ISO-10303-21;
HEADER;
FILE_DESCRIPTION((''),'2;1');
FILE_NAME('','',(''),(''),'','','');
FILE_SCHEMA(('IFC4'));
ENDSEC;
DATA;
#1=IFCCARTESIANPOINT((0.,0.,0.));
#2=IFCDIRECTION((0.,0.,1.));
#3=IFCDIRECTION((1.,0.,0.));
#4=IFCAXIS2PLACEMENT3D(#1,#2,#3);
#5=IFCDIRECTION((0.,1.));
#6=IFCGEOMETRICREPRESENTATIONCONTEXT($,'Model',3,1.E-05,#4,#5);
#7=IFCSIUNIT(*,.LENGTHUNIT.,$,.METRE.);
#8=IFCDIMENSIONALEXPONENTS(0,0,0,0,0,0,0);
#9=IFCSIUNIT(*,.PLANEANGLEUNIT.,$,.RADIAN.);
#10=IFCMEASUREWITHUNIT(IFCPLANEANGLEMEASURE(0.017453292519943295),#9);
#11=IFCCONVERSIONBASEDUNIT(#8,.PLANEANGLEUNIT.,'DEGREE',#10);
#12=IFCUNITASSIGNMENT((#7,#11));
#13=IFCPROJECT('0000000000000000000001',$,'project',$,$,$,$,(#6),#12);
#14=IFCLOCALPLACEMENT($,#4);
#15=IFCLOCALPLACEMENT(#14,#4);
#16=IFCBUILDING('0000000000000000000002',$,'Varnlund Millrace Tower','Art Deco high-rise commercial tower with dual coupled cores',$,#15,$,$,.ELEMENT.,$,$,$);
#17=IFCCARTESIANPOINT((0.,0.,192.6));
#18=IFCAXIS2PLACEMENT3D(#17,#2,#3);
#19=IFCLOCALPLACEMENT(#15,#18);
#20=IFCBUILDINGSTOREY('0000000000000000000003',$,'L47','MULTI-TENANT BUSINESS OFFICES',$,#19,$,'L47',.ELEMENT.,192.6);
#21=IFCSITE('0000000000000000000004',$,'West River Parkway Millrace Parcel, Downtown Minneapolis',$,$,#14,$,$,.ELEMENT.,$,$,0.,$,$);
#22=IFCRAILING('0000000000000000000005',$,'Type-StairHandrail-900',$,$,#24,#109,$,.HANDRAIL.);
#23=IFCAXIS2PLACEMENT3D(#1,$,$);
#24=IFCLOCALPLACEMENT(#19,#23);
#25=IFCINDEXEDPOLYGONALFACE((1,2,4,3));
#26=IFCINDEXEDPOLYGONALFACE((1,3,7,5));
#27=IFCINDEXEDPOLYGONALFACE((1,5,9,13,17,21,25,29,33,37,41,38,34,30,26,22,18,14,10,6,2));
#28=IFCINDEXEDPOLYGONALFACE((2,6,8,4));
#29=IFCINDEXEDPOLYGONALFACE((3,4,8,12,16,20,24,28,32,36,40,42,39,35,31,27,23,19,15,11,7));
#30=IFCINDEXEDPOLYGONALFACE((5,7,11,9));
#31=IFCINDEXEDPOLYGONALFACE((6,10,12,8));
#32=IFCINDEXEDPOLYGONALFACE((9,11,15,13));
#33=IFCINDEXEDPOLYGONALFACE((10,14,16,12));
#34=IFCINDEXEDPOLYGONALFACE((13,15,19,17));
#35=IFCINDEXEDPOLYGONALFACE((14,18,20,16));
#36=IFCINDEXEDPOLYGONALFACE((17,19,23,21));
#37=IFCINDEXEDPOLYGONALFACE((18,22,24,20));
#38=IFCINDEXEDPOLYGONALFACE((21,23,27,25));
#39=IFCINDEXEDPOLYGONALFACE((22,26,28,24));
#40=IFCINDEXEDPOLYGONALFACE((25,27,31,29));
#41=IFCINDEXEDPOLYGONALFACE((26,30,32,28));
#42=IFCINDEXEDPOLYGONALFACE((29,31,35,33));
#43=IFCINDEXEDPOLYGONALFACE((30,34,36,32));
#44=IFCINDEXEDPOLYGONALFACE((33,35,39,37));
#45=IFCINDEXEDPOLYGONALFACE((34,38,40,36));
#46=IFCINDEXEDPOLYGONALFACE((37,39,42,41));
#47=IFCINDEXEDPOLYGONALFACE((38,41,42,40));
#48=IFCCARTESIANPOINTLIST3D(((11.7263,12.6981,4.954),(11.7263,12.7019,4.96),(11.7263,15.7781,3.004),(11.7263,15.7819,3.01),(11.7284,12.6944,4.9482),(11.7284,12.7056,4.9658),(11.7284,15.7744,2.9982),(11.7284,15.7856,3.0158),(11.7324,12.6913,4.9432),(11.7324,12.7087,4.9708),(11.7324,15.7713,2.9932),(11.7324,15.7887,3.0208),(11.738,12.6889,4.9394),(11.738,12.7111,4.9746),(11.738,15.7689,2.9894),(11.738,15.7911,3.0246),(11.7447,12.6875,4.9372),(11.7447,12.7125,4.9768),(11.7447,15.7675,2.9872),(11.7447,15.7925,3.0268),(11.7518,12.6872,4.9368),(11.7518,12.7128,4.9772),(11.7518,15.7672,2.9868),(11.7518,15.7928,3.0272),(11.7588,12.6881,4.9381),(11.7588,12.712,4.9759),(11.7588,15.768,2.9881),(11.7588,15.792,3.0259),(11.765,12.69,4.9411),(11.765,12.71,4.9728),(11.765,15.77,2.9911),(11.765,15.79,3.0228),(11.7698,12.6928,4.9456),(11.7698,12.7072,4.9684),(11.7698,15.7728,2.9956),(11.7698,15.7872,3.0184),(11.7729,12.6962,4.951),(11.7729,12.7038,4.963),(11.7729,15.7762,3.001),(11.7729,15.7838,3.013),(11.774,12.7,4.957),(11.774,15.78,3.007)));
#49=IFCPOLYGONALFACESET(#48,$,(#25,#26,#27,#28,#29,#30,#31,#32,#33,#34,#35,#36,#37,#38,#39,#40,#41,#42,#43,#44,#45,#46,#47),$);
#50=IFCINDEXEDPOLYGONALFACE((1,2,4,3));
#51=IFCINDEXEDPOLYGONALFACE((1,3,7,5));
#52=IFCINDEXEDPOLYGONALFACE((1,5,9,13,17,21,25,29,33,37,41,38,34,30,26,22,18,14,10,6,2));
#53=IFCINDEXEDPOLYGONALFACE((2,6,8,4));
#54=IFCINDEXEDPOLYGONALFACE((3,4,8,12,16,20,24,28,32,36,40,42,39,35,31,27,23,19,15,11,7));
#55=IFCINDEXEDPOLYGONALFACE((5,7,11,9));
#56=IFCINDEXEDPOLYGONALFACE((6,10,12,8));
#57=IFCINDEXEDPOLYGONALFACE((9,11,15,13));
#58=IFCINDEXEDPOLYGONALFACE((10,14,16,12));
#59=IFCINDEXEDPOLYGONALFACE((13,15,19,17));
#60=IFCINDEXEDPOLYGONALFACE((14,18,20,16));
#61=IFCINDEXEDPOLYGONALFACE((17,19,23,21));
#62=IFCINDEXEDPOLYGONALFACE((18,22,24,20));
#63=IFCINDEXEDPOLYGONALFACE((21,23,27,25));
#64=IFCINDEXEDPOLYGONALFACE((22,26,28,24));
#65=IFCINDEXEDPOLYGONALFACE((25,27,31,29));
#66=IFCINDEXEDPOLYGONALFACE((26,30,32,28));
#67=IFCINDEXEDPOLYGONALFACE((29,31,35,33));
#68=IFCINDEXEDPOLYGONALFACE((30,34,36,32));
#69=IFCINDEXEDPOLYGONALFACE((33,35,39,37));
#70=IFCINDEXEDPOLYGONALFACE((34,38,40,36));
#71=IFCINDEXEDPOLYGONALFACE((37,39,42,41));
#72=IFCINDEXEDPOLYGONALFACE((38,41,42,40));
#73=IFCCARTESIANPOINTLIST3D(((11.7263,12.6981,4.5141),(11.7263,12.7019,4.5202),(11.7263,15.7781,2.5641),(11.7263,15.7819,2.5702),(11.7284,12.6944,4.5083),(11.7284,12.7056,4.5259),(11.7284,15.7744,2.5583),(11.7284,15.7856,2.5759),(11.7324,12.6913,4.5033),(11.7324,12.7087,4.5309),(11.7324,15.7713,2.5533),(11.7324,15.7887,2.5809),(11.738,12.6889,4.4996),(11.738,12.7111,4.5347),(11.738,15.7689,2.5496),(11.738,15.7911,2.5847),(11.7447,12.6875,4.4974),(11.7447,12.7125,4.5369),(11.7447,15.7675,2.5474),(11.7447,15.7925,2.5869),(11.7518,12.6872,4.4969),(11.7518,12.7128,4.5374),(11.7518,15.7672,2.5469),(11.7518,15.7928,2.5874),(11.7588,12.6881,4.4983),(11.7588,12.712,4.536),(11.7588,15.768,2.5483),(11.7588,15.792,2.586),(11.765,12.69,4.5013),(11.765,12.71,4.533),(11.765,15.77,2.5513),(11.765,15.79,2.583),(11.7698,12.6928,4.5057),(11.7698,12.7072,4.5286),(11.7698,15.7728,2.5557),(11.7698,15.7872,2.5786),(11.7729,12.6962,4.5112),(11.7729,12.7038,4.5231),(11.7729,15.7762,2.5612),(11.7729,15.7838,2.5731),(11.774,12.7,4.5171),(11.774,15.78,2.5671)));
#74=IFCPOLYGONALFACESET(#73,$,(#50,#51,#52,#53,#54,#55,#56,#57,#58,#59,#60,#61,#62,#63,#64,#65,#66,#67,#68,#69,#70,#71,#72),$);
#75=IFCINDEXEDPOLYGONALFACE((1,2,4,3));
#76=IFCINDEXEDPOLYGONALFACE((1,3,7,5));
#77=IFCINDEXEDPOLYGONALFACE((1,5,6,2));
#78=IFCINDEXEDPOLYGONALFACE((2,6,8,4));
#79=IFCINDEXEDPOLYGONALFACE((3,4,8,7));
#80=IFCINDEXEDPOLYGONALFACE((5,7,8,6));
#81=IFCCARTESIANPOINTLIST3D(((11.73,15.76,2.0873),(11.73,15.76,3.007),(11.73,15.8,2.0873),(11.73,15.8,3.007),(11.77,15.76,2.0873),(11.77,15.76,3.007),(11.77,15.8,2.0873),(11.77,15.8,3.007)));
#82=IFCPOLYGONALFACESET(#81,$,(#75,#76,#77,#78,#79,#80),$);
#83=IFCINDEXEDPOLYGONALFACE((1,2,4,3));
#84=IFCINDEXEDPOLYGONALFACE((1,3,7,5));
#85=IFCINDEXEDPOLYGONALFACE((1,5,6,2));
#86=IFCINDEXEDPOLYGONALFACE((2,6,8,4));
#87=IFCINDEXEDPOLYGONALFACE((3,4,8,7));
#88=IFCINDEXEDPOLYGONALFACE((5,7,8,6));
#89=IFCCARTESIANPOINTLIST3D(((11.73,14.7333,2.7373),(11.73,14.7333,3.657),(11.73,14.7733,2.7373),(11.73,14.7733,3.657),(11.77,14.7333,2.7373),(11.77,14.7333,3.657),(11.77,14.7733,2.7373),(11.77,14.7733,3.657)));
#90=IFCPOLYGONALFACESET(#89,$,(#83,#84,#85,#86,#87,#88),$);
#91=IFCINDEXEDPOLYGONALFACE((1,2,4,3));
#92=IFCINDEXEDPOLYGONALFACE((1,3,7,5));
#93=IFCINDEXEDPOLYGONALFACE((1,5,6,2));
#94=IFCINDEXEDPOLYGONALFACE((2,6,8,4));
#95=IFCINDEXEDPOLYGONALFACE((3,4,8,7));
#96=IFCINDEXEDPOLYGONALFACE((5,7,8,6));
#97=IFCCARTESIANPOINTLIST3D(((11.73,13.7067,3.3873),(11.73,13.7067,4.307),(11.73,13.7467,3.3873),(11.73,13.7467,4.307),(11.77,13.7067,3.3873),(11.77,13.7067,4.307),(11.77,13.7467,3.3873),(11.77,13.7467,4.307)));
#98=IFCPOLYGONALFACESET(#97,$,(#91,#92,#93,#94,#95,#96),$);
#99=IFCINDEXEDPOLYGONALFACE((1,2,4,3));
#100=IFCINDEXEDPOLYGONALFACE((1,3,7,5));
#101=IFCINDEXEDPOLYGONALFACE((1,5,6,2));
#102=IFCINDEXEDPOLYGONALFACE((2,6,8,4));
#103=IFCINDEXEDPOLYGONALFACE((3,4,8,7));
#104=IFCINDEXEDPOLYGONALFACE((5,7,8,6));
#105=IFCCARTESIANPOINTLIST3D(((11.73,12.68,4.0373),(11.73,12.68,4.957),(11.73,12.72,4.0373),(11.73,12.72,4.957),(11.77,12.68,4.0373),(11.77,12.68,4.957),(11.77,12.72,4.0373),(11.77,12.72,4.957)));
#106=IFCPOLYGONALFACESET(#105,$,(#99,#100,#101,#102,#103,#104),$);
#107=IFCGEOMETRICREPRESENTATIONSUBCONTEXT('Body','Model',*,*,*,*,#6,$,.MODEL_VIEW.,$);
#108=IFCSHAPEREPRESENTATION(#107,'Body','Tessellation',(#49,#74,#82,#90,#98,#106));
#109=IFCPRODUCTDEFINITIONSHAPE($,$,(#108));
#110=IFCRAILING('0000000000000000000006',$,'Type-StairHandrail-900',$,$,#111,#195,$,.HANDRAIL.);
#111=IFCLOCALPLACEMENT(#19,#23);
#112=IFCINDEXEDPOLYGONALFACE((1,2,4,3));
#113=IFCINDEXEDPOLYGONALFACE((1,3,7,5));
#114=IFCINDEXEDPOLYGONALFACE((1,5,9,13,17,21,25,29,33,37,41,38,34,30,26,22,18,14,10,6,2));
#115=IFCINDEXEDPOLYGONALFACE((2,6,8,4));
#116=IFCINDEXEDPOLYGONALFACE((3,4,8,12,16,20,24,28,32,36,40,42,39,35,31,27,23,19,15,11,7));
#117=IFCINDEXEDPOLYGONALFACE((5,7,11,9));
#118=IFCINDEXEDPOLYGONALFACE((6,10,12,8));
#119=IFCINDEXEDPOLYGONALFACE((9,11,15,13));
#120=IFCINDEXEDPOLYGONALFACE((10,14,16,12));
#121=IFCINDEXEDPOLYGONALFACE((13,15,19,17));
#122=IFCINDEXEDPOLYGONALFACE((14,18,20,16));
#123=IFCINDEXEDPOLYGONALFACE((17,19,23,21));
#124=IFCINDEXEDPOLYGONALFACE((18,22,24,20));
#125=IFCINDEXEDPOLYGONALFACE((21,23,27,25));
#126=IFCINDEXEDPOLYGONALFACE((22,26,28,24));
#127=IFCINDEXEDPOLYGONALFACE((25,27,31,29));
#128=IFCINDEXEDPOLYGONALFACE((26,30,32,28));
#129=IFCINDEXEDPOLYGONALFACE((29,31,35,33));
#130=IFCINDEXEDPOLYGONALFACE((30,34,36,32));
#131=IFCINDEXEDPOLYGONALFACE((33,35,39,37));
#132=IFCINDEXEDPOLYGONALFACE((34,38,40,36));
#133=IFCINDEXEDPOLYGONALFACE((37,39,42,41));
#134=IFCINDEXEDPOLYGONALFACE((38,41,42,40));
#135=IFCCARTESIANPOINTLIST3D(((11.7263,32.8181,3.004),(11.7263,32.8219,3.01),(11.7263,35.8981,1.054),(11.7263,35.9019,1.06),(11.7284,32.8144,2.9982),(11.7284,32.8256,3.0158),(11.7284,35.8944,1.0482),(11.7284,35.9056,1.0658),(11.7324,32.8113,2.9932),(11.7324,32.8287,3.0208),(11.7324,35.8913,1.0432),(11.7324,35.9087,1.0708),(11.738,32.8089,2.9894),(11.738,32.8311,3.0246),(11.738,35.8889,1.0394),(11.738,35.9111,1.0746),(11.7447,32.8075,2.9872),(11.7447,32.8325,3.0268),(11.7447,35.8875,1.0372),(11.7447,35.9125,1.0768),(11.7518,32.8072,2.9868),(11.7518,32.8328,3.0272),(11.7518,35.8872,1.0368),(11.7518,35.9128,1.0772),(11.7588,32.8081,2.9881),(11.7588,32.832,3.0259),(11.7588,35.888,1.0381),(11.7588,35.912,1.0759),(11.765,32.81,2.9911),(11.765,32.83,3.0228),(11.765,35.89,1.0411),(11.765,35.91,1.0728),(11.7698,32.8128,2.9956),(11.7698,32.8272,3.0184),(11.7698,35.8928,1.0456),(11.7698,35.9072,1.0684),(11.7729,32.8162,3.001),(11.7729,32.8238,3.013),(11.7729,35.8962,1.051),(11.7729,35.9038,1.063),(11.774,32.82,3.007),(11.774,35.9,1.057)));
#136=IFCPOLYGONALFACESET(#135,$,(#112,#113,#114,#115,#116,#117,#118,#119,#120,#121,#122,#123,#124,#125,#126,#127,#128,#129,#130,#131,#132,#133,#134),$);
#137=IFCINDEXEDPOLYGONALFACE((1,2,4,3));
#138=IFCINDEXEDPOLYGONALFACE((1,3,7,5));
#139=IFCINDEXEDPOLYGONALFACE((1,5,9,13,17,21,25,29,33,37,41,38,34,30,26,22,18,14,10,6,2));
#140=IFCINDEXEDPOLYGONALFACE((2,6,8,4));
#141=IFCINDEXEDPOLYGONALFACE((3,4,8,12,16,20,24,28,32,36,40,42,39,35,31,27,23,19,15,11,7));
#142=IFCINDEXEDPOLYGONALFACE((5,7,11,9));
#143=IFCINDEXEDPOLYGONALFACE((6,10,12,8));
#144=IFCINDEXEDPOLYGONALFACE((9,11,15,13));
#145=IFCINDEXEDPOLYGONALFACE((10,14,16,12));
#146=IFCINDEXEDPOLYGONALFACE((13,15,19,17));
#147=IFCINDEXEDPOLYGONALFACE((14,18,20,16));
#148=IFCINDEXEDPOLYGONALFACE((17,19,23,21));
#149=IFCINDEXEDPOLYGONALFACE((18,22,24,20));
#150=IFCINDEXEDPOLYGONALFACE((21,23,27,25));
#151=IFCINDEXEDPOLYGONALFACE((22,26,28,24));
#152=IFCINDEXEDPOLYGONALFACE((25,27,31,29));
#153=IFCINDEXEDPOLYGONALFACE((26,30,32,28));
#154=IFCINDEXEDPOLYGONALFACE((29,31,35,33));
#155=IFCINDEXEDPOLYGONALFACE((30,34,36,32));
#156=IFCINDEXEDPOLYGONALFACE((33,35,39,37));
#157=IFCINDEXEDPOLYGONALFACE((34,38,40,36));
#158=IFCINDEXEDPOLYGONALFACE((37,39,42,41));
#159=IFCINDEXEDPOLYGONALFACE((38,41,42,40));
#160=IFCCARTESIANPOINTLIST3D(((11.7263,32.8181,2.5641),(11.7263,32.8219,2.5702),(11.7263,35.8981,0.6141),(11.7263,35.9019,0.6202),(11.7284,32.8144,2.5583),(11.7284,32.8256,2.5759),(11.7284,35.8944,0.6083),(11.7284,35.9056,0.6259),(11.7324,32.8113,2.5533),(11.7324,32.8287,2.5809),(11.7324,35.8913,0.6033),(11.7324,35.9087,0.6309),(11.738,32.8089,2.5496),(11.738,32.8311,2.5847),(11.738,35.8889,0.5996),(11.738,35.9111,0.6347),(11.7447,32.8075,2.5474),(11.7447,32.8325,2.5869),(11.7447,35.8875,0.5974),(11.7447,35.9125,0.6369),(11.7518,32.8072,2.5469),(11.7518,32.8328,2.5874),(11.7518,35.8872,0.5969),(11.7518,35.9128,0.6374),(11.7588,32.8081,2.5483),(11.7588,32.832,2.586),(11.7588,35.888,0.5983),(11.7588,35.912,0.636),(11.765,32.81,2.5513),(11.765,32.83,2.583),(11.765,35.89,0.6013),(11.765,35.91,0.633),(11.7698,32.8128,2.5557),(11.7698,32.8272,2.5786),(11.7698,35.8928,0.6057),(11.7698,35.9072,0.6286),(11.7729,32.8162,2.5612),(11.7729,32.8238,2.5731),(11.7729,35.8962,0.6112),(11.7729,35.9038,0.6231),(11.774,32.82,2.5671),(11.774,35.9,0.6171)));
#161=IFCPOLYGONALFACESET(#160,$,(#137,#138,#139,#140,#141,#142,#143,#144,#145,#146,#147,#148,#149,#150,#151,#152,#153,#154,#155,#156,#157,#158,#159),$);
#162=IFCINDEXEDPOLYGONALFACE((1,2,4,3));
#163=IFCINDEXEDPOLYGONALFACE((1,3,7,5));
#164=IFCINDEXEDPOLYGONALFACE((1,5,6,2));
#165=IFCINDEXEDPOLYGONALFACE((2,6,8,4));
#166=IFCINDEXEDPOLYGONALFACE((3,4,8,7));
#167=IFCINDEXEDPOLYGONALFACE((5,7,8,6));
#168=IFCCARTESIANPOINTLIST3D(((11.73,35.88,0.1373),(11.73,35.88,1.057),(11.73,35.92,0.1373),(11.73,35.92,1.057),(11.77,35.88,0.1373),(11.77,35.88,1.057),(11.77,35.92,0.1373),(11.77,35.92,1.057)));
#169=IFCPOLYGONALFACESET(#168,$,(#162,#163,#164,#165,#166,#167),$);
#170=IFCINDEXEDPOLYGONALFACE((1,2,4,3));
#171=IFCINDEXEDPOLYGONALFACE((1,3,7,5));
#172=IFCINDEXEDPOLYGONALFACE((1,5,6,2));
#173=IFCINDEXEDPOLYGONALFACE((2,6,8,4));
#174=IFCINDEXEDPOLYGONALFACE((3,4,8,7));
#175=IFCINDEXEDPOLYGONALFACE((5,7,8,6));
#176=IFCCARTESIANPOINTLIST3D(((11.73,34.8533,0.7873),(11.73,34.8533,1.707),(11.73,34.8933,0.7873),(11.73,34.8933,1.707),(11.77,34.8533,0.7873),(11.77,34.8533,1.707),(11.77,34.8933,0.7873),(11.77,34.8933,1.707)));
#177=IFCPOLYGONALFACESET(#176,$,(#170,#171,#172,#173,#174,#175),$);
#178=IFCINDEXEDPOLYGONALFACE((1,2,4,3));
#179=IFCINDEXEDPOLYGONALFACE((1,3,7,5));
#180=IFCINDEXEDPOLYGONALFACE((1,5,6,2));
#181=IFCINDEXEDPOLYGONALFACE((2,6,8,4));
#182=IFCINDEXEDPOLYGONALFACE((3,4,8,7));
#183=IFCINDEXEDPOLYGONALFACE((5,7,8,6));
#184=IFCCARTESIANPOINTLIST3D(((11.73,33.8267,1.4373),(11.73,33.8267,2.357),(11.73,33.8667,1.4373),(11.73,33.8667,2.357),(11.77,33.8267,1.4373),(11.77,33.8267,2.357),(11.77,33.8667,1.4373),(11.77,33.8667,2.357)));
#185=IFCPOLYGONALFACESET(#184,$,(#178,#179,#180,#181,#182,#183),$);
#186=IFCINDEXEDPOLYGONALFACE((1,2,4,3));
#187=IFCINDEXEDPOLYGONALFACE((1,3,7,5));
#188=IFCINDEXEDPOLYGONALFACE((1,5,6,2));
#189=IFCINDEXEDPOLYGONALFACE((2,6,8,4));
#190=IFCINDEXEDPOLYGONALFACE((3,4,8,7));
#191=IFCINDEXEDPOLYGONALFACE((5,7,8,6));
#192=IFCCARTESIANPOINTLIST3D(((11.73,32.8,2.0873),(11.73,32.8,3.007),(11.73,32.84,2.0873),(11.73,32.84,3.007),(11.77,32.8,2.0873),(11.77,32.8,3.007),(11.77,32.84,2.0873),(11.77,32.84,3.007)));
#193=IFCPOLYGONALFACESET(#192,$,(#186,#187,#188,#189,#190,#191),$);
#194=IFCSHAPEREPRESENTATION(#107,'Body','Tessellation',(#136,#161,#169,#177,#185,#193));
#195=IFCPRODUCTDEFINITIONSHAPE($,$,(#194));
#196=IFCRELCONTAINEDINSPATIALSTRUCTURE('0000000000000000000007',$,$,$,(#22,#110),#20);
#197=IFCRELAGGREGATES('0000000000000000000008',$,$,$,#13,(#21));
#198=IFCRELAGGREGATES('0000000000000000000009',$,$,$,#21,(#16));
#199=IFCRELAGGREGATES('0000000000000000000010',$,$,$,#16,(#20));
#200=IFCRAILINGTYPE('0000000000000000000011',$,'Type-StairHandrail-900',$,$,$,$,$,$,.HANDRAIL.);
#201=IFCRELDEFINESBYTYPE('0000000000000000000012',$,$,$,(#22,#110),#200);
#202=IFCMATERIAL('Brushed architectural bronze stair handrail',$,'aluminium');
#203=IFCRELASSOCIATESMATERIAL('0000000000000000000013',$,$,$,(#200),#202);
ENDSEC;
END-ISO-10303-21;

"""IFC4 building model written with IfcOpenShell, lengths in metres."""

from ifc_helpers import new_model, entity, si_unit, converted_unit, direction, frame, origin_with_axes, origin_2d_with_axis, place, context, subcontext, project, spatial, rectangle, circle, extrude, material, type_object, element, save


model = new_model("IFC4")

# Units and contexts
model_context = context("Model", 3, precision=1e-05, world=origin_with_axes(), true_north=direction((0.0, 1.0)))
body_context = subcontext(model_context, "Body", "Model", "MODEL_VIEW")
ifc_project = project(units=[si_unit("LENGTHUNIT", "METRE"), converted_unit("PLANEANGLEUNIT", "DEGREE", entity("IfcPlaneAngleMeasure", 0.017453292519943295), si_unit("PLANEANGLEUNIT", "RADIAN"), dimensions=[0, 0, 0, 0, 0, 0, 0])], contexts=[model_context])

# Site, building, storey
site_placement = place(None, origin_with_axes())
site = spatial("IfcSite", under=ifc_project, at=site_placement, Name="West River Parkway Millrace Parcel, Downtown Minneapolis", CompositionType="ELEMENT", RefElevation=0.0)
building_placement = place(site_placement, origin_with_axes())
building = spatial("IfcBuilding", under=site, at=building_placement, Name="Varnlund Millrace Tower", Description="Art Deco high-rise commercial tower with dual coupled cores", CompositionType="ELEMENT")
storey_placement = place(building_placement, frame((0.0, 0.0, 192.6), z_axis=(0.0, 0.0, 1.0), x_axis=(1.0, 0.0, 0.0)))
storey = spatial("IfcBuildingStorey", under=building, at=storey_placement, Name="L47", Description="MULTI-TENANT BUSINESS OFFICES", LongName="L47", CompositionType="ELEMENT", Elevation=192.6)

# Railings
ifc_material_1 = material(Name="Brushed architectural bronze stair handrail", Category="aluminium")
railing_type_1 = type_object("IfcRailingType", Name="Type-StairHandrail-900", PredefinedType="HANDRAIL", material=ifc_material_1)
railing_1_placement = place(storey_placement, frame((0.0, 0.0, -192.6), z_axis=(0.0, 0.0, 1.0), x_axis=(1.0, 0.0, 0.0)))
element("IfcRailing", 1, at=railing_1_placement, inside=storey, type_object=railing_type_1, Name="Type-StairHandrail-900", PredefinedType="HANDRAIL", context=body_context, shape_type="SweptSolid", body=[
    extrude(circle(Radius=0.024, at=origin_2d_with_axis()), frame((11.75, 15.78, 195.607), z_axis=(0.0, -0.844902, 0.534922), x_axis=(1.0, 0.0, 0.0)), (0.0, 0.0, 1.0), 3.6454),
    extrude(circle(Radius=0.024, at=origin_2d_with_axis()), frame((11.75, 15.78, 195.1671), z_axis=(0.0, -0.844902, 0.534922), x_axis=(1.0, 0.0, 0.0)), (0.0, 0.0, 1.0), 3.6454),
    extrude(rectangle(XDim=0.04, YDim=0.04, at=origin_2d_with_axis()), frame((11.75, 15.78, 194.6873), z_axis=(0.0, 0.0, 1.0), x_axis=(1.0, 0.0, 0.0)), (0.0, 0.0, 1.0), 0.9197),
    extrude(rectangle(XDim=0.04, YDim=0.04, at=origin_2d_with_axis()), frame((11.75, 14.7533, 195.3373), z_axis=(0.0, 0.0, 1.0), x_axis=(1.0, 0.0, 0.0)), (0.0, 0.0, 1.0), 0.9197),
    extrude(rectangle(XDim=0.04, YDim=0.04, at=origin_2d_with_axis()), frame((11.75, 13.7267, 195.9873), z_axis=(0.0, 0.0, 1.0), x_axis=(1.0, 0.0, 0.0)), (0.0, 0.0, 1.0), 0.9197),
    extrude(rectangle(XDim=0.04, YDim=0.04, at=origin_2d_with_axis()), frame((11.75, 12.7, 196.6373), z_axis=(0.0, 0.0, 1.0), x_axis=(1.0, 0.0, 0.0)), (0.0, 0.0, 1.0), 0.9197),
])
railing_2_placement = place(storey_placement, frame((0.0, 0.0, -192.6), z_axis=(0.0, 0.0, 1.0), x_axis=(1.0, 0.0, 0.0)))
element("IfcRailing", 2, at=railing_2_placement, inside=storey, type_object=railing_type_1, Name="Type-StairHandrail-900", PredefinedType="HANDRAIL", context=body_context, shape_type="SweptSolid", body=[
    extrude(circle(Radius=0.024, at=origin_2d_with_axis()), frame((11.75, 35.9, 193.657), z_axis=(0.0, -0.844902, 0.534922), x_axis=(1.0, 0.0, 0.0)), (0.0, 0.0, 1.0), 3.6454),
    extrude(circle(Radius=0.024, at=origin_2d_with_axis()), frame((11.75, 35.9, 193.2171), z_axis=(0.0, -0.844902, 0.534922), x_axis=(1.0, 0.0, 0.0)), (0.0, 0.0, 1.0), 3.6454),
    extrude(rectangle(XDim=0.04, YDim=0.04, at=origin_2d_with_axis()), frame((11.75, 35.9, 192.7373), z_axis=(0.0, 0.0, 1.0), x_axis=(1.0, 0.0, 0.0)), (0.0, 0.0, 1.0), 0.9197),
    extrude(rectangle(XDim=0.04, YDim=0.04, at=origin_2d_with_axis()), frame((11.75, 34.8733, 193.3873), z_axis=(0.0, 0.0, 1.0), x_axis=(1.0, 0.0, 0.0)), (0.0, 0.0, 1.0), 0.9197),
    extrude(rectangle(XDim=0.04, YDim=0.04, at=origin_2d_with_axis()), frame((11.75, 33.8467, 194.0373), z_axis=(0.0, 0.0, 1.0), x_axis=(1.0, 0.0, 0.0)), (0.0, 0.0, 1.0), 0.9197),
    extrude(rectangle(XDim=0.04, YDim=0.04, at=origin_2d_with_axis()), frame((11.75, 32.82, 194.6873), z_axis=(0.0, 0.0, 1.0), x_axis=(1.0, 0.0, 0.0)), (0.0, 0.0, 1.0), 0.9197),
])

save(model, "model.ifc")
